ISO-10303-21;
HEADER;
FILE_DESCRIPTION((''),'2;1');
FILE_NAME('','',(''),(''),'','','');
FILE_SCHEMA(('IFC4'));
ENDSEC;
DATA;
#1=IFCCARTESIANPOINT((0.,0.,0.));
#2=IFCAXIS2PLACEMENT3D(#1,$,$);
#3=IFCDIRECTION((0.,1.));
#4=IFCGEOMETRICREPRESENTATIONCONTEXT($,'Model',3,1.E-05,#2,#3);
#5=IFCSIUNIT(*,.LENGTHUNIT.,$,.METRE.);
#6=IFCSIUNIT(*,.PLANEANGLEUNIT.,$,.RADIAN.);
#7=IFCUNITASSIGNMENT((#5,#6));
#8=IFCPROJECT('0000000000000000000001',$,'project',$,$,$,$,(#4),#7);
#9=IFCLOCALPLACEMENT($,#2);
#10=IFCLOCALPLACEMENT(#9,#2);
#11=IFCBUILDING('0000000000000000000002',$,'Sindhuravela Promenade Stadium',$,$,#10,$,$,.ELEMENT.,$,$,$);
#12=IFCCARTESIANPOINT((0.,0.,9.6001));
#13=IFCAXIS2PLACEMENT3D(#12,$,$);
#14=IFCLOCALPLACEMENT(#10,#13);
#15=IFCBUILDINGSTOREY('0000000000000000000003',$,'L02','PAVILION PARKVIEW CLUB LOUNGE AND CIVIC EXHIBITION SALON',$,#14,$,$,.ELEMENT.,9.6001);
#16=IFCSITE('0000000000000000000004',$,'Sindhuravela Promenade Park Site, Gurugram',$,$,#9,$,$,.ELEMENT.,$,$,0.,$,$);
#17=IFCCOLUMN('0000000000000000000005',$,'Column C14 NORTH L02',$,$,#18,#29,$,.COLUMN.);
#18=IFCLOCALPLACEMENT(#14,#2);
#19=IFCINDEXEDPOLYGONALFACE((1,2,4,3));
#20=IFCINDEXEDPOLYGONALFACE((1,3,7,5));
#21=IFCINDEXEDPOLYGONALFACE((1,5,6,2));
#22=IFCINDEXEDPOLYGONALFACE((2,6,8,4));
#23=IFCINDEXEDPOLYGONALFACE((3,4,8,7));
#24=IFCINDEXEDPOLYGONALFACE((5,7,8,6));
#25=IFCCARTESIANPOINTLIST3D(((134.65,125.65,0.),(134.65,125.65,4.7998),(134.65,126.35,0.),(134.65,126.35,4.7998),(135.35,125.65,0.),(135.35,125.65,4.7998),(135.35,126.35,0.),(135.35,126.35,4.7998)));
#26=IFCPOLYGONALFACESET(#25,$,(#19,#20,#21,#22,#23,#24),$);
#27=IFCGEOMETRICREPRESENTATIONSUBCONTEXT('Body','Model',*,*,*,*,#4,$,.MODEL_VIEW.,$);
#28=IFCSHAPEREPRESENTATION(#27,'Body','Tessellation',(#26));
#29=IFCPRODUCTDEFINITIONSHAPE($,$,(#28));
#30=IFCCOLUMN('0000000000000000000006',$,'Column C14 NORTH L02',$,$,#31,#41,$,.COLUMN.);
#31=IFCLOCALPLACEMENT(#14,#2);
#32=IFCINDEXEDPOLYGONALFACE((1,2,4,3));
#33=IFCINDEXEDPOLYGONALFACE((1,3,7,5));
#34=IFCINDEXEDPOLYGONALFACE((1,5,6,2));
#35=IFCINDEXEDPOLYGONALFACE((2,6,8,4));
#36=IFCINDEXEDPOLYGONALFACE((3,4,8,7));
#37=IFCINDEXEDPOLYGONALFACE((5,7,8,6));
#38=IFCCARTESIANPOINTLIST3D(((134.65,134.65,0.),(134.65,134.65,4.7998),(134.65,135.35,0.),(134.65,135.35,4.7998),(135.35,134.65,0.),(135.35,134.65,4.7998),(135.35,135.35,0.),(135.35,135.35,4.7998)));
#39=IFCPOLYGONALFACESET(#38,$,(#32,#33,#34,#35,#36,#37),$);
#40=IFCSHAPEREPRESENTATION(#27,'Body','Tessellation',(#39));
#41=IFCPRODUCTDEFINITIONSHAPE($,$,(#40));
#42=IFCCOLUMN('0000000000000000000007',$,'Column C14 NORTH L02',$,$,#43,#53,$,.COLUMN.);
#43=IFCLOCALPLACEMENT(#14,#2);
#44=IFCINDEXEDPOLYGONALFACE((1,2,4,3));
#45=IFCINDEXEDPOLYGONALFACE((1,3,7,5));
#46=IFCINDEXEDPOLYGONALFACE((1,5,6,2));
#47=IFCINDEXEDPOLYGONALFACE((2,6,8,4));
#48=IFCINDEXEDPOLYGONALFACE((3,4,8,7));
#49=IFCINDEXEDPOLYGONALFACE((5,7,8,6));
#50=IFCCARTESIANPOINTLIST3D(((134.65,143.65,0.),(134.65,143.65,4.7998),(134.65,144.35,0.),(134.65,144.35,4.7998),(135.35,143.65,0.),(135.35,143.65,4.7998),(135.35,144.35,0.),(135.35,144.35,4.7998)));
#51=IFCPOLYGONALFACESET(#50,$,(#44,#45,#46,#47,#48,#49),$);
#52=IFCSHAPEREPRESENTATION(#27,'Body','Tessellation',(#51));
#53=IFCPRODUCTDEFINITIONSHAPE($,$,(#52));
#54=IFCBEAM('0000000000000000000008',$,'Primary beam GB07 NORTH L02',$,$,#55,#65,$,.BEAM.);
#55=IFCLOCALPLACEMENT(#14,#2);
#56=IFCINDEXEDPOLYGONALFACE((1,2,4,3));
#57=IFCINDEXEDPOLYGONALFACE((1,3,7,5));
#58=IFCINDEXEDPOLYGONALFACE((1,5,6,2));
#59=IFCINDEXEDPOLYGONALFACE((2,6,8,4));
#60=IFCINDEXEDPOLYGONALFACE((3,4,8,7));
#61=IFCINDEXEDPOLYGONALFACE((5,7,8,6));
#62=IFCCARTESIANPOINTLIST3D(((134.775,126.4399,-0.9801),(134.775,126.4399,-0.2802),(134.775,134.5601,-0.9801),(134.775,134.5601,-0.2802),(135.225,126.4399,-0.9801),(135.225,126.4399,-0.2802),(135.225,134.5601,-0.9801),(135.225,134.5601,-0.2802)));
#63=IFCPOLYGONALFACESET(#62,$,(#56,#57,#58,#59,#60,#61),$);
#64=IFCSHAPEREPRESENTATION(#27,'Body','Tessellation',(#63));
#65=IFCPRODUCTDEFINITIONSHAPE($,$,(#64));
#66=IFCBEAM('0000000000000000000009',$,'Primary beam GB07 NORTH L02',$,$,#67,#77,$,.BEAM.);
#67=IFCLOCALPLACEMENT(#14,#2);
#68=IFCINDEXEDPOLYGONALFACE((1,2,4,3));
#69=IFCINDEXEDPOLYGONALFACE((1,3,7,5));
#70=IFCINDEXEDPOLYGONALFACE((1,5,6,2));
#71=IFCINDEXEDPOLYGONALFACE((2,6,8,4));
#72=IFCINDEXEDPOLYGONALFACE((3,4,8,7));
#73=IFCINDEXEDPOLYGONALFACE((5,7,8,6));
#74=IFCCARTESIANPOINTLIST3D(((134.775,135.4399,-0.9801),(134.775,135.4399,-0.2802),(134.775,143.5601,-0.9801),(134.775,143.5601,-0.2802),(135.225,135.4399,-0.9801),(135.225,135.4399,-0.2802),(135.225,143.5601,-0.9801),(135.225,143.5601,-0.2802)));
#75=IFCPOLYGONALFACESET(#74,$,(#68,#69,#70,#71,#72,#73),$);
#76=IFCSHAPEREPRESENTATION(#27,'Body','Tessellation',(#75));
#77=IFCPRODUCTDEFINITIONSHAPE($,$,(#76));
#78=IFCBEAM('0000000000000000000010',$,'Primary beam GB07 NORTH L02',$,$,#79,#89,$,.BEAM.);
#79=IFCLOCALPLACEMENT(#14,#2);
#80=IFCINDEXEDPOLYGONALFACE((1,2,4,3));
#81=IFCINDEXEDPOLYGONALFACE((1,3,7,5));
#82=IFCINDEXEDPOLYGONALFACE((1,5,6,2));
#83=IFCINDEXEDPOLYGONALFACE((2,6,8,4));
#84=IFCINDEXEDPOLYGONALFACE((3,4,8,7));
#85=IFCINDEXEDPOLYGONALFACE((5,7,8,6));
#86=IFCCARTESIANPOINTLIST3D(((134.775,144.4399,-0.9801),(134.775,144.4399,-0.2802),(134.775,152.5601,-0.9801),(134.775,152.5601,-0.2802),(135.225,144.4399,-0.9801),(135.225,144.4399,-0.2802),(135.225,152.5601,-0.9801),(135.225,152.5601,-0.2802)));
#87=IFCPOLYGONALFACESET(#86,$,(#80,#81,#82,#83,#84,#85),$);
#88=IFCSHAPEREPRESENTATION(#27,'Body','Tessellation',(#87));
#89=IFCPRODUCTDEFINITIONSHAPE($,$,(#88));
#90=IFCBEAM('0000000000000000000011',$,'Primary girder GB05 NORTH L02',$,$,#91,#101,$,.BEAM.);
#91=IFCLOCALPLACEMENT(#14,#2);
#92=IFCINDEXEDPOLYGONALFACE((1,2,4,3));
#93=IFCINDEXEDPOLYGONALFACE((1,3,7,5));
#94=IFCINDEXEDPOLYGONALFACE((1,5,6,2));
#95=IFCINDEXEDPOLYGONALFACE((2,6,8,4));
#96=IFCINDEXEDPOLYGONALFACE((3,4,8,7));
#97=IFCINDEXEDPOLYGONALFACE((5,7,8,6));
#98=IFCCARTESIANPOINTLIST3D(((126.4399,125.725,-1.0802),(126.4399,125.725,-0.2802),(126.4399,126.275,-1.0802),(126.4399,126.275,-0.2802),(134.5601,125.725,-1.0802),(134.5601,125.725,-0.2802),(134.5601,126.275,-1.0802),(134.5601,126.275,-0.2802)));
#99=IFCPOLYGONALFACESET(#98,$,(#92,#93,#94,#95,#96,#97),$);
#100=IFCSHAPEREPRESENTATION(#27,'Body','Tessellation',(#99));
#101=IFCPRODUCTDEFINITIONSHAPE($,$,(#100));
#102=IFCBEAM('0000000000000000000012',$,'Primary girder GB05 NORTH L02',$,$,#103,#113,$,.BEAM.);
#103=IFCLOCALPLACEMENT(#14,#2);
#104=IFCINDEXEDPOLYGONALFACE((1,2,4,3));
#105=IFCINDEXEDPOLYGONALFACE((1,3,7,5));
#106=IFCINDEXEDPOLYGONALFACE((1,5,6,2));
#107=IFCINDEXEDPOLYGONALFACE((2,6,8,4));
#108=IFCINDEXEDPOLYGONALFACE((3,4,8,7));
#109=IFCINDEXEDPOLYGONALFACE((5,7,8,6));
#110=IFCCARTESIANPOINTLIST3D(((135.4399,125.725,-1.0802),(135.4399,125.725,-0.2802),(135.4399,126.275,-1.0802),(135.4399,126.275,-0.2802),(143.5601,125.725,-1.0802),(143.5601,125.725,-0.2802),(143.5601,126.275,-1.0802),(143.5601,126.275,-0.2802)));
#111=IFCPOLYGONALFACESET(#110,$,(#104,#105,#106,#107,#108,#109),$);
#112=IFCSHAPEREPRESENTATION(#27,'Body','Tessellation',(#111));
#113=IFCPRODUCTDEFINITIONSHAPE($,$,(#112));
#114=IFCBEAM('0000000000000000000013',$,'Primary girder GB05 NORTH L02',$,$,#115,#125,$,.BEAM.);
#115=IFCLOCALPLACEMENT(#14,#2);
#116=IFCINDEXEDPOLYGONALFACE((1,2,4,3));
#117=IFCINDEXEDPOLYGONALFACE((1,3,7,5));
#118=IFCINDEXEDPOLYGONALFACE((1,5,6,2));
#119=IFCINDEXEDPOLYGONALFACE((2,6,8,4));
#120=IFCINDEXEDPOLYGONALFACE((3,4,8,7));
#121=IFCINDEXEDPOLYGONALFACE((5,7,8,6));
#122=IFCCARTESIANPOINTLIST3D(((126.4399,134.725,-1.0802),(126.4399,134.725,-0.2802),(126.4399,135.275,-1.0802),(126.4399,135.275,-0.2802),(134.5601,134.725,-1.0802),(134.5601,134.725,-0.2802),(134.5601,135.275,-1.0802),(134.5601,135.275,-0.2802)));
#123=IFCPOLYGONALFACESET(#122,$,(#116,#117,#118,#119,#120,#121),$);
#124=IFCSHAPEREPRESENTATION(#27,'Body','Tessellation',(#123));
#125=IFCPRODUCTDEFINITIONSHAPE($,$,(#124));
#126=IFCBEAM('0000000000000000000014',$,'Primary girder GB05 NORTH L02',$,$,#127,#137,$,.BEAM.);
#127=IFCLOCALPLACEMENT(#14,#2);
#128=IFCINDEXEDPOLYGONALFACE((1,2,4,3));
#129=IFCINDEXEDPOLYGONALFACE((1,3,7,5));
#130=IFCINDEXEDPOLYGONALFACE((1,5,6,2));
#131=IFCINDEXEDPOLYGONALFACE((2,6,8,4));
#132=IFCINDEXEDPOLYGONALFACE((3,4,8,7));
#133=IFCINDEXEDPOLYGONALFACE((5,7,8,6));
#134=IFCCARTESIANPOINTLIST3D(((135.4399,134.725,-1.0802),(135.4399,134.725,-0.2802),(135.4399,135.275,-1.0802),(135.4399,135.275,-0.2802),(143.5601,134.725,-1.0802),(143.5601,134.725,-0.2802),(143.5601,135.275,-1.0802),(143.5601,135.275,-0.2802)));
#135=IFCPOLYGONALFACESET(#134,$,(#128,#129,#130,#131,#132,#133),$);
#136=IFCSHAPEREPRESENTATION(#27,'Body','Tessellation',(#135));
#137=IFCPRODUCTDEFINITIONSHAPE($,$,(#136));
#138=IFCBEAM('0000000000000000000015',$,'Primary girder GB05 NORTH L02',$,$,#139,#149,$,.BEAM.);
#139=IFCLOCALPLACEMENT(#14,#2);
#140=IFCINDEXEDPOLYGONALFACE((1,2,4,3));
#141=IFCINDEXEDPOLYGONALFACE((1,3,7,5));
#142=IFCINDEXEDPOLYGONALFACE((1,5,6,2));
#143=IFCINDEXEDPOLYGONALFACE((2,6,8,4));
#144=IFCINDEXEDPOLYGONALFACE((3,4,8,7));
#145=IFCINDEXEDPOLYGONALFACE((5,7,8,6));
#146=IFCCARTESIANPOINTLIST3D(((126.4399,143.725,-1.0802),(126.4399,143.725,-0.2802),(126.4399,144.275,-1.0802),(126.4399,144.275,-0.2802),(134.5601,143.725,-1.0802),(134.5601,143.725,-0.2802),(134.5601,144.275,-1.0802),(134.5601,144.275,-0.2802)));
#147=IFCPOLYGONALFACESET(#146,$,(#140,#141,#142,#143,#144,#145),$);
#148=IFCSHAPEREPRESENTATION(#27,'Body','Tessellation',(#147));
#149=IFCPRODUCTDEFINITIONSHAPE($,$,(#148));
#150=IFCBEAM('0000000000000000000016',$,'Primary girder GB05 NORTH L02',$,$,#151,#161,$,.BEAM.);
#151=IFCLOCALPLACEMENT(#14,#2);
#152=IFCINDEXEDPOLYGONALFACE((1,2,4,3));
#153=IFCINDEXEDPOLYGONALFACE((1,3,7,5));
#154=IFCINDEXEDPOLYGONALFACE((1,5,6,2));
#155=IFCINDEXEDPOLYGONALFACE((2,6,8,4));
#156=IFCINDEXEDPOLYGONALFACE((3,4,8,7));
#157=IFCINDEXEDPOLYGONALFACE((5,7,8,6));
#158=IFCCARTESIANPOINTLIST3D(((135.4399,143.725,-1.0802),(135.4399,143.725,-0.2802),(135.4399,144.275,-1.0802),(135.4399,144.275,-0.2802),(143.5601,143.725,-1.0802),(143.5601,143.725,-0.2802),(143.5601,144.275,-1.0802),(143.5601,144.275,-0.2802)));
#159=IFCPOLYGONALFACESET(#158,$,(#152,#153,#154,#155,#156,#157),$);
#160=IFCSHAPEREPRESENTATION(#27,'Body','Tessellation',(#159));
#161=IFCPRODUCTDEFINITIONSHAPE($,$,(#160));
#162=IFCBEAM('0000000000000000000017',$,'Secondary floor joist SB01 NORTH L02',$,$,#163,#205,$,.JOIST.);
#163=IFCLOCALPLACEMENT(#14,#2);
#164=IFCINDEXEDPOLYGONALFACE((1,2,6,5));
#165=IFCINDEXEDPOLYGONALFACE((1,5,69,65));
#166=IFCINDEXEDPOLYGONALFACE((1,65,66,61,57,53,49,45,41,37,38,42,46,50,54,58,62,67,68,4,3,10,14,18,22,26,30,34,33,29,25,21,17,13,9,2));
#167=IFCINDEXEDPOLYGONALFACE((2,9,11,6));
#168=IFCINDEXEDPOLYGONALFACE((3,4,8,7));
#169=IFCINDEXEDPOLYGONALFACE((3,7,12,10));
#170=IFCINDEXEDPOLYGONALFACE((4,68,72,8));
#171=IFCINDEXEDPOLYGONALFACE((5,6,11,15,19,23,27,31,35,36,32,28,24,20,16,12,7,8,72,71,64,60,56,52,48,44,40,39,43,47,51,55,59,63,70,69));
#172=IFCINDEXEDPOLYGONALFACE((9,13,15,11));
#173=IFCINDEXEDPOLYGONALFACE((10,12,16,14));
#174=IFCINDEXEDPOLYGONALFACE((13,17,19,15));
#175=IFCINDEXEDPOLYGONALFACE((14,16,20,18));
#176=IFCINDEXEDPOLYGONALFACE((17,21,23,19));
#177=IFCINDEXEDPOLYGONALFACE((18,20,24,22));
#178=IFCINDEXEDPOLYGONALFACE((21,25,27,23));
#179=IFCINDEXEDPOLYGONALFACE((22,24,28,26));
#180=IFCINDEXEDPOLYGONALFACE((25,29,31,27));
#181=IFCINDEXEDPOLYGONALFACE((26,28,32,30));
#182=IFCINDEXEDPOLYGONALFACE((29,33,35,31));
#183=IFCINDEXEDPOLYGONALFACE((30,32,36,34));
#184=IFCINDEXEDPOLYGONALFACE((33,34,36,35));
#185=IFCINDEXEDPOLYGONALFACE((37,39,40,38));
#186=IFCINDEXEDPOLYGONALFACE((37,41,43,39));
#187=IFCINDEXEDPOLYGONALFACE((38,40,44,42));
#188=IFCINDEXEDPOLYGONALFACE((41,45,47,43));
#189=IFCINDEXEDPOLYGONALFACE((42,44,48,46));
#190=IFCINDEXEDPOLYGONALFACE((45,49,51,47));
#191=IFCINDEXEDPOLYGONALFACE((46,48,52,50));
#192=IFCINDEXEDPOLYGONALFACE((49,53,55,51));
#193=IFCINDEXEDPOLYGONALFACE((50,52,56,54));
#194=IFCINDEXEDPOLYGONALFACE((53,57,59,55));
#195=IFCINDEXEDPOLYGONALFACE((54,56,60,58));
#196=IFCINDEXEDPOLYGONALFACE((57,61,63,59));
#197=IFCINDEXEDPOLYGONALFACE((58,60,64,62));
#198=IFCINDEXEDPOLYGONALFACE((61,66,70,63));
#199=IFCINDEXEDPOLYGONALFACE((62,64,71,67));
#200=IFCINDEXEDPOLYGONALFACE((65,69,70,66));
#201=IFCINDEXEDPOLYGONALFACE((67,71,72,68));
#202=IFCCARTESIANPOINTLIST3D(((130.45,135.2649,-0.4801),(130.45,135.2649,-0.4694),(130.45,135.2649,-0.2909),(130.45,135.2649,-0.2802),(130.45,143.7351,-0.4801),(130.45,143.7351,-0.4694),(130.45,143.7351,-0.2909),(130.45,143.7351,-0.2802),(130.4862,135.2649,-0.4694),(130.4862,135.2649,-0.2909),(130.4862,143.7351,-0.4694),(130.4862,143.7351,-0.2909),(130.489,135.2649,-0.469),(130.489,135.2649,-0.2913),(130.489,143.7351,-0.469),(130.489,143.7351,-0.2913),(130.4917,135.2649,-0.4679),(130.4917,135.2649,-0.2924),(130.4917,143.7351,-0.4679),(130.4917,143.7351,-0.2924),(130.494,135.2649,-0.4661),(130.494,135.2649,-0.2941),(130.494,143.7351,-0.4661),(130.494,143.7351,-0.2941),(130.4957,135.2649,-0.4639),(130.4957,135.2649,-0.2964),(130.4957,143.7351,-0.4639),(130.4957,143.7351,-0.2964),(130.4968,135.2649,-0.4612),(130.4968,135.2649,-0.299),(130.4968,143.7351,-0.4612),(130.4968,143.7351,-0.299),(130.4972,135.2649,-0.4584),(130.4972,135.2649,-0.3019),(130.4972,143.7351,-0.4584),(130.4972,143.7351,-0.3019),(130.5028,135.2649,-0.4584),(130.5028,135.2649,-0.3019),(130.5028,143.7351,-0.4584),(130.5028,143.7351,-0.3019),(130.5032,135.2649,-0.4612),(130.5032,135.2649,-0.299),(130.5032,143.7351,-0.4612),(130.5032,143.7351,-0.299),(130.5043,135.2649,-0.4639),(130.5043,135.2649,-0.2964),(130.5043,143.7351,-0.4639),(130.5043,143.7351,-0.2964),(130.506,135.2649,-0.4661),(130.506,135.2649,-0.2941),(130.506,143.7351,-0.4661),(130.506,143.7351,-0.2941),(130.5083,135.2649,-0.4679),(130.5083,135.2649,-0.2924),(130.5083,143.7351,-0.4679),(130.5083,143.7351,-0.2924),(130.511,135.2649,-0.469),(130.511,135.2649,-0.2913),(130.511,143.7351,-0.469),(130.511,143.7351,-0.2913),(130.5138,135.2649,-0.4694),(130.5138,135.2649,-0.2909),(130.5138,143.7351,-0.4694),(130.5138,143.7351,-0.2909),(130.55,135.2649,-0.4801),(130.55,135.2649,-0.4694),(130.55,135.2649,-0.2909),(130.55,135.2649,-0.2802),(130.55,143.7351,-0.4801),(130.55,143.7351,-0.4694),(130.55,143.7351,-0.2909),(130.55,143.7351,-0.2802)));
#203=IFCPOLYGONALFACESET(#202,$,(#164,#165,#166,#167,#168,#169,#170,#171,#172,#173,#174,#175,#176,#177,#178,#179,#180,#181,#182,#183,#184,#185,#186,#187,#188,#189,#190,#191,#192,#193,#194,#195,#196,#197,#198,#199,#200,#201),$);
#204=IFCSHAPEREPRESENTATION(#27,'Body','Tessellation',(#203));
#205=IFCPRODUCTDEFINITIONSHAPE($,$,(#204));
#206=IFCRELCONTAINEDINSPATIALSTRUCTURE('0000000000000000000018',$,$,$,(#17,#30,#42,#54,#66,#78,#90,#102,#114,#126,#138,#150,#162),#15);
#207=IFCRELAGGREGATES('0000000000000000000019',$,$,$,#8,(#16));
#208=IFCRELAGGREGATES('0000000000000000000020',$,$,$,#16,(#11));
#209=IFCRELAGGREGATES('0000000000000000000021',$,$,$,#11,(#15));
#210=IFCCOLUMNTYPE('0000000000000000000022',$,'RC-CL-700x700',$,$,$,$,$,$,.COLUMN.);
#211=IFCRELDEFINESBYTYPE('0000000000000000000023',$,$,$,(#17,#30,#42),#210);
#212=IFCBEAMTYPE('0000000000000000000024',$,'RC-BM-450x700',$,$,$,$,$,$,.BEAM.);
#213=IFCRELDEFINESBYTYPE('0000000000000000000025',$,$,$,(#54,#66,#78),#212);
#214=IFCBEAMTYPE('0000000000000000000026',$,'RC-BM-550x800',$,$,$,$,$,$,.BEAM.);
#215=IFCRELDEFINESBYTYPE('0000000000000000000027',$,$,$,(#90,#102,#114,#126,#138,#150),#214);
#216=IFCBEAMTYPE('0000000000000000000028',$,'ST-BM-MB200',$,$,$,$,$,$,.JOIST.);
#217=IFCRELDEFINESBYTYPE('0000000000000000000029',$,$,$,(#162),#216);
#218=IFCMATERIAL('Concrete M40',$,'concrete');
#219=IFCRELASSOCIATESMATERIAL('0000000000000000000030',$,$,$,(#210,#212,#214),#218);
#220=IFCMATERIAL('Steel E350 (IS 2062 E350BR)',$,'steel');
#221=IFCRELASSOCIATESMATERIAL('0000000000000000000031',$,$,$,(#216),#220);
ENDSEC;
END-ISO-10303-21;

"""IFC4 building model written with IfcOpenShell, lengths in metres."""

from ifc_helpers import new_model, si_unit, direction, frame, origin, origin_2d, place, context, subcontext, project, spatial, rectangle, i_section, extrude, material, material_profile, profile_set, type_object, element, save


model = new_model("IFC4")

# Units and contexts
model_context = context("Model", 3, precision=1e-05, world=origin(), true_north=direction((0.0, 1.0)))
body_context = subcontext(model_context, "Body", "Model", "MODEL_VIEW")
ifc_project = project(units=[si_unit("LENGTHUNIT", "METRE"), si_unit("PLANEANGLEUNIT", "RADIAN")], contexts=[model_context])

# Site, building, storey
site_placement = place(None, origin())
site = spatial("IfcSite", under=ifc_project, at=site_placement, Name="Sindhuravela Promenade Park Site, Gurugram", CompositionType="ELEMENT", RefElevation=0.0)
building_placement = place(site_placement, origin())
building = spatial("IfcBuilding", under=site, at=building_placement, Name="Sindhuravela Promenade Stadium", CompositionType="ELEMENT")
storey_placement = place(building_placement, frame((0.0, 0.0, 9.6001)))
storey = spatial("IfcBuildingStorey", under=building, at=storey_placement, Name="L02", Description="PAVILION PARKVIEW CLUB LOUNGE AND CIVIC EXHIBITION SALON", CompositionType="ELEMENT", Elevation=9.6001)

# Columns
ifc_material_1 = material(Name="Concrete M40", Category="concrete")
ifc_material_profile_1 = material_profile(ifc_material_1, rectangle(XDim=0.7, YDim=0.7, at=origin_2d()), Name="RC 700x700")
ifc_profile_set_1 = profile_set([ifc_material_profile_1], Name="Concrete M40")
column_type = type_object("IfcColumnType", Name="RC-CL-700x700", PredefinedType="COLUMN", material=ifc_profile_set_1)
for number, where, z_axis, x_axis, name in (
    (1, (135.0, 126.0, 0.0), (0.0, 0.0, 1.0), (1.0, 0.0, 0.0), "Column C14 NORTH L02"),
    (2, (135.0, 135.0, 0.0), (0.0, 0.0, 1.0), (1.0, 0.0, 0.0), "Column C14 NORTH L02"),
    (3, (135.0, 144.0, 0.0), (0.0, 0.0, 1.0), (1.0, 0.0, 0.0), "Column C14 NORTH L02"),
):
    element("IfcColumn", number, at=place(storey_placement, frame(where, z_axis=z_axis, x_axis=x_axis)), inside=storey, type_object=column_type, Name=name, PredefinedType="COLUMN", context=body_context, shape_type="SweptSolid", body=[
        extrude(rectangle(XDim=0.7, YDim=0.7, at=origin_2d()), origin(), (0.0, 0.0, 1.0), 4.7998),
    ])

# Beams
ifc_material_profile_2 = material_profile(ifc_material_1, rectangle(XDim=0.45, YDim=0.7, at=origin_2d()), Name="RC 450x700")
ifc_profile_set_2 = profile_set([ifc_material_profile_2], Name="Concrete M40")
beam_type_1 = type_object("IfcBeamType", Name="RC-BM-450x700", PredefinedType="BEAM", material=ifc_profile_set_2)
for number, where, z_axis, x_axis, name in (
    (4, (135.0, 126.4399, -0.6301), (0.0, 1.0, 0.0), (-1.0, 0.0, 0.0), "Primary beam GB07 NORTH L02"),
    (5, (135.0, 135.4399, -0.6301), (0.0, 1.0, 0.0), (-1.0, 0.0, 0.0), "Primary beam GB07 NORTH L02"),
    (6, (135.0, 144.4399, -0.6301), (0.0, 1.0, 0.0), (-1.0, 0.0, 0.0), "Primary beam GB07 NORTH L02"),
):
    element("IfcBeam", number, at=place(storey_placement, frame(where, z_axis=z_axis, x_axis=x_axis)), inside=storey, type_object=beam_type_1, Name=name, PredefinedType="BEAM", context=body_context, shape_type="SweptSolid", body=[
        extrude(rectangle(XDim=0.45, YDim=0.7, at=origin_2d()), origin(), (0.0, 0.0, 1.0), 8.1201),
    ])
ifc_material_profile_3 = material_profile(ifc_material_1, rectangle(XDim=0.55, YDim=0.8, at=origin_2d()), Name="RC 550x800")
ifc_profile_set_3 = profile_set([ifc_material_profile_3], Name="Concrete M40")
beam_type_2 = type_object("IfcBeamType", Name="RC-BM-550x800", PredefinedType="BEAM", material=ifc_profile_set_3)
for number, where, z_axis, x_axis, name in (
    (7, (126.4399, 126.0, -0.6802), (1.0, 0.0, 0.0), (0.0, 1.0, 0.0), "Primary girder GB05 NORTH L02"),
    (8, (135.4399, 126.0, -0.6802), (1.0, 0.0, 0.0), (0.0, 1.0, 0.0), "Primary girder GB05 NORTH L02"),
    (9, (126.4399, 135.0, -0.6802), (1.0, 0.0, 0.0), (0.0, 1.0, 0.0), "Primary girder GB05 NORTH L02"),
    (10, (135.4399, 135.0, -0.6802), (1.0, 0.0, 0.0), (0.0, 1.0, 0.0), "Primary girder GB05 NORTH L02"),
    (11, (126.4399, 144.0, -0.6802), (1.0, 0.0, 0.0), (0.0, 1.0, 0.0), "Primary girder GB05 NORTH L02"),
    (12, (135.4399, 144.0, -0.6802), (1.0, 0.0, 0.0), (0.0, 1.0, 0.0), "Primary girder GB05 NORTH L02"),
):
    element("IfcBeam", number, at=place(storey_placement, frame(where, z_axis=z_axis, x_axis=x_axis)), inside=storey, type_object=beam_type_2, Name=name, PredefinedType="BEAM", context=body_context, shape_type="SweptSolid", body=[
        extrude(rectangle(XDim=0.55, YDim=0.8, at=origin_2d()), origin(), (0.0, 0.0, 1.0), 8.1201),
    ])
ifc_material_2 = material(Name="Steel E350 (IS 2062 E350BR)", Category="steel")
ifc_material_profile_4 = material_profile(ifc_material_2, i_section(OverallWidth=0.1001, OverallDepth=0.2, WebThickness=0.0056, FlangeThickness=0.0107, FilletRadius=0.011, at=origin_2d()), Name="ISMB 200")
ifc_profile_set_4 = profile_set([ifc_material_profile_4], Name="Steel E350 (IS 2062 E350BR)")
beam_type_3 = type_object("IfcBeamType", Name="ST-BM-MB200", PredefinedType="JOIST", material=ifc_profile_set_4)
beam_1_placement = place(storey_placement, frame((130.5, 135.2649, -0.3801), z_axis=(0.0, 1.0, 0.0), x_axis=(-1.0, 0.0, 0.0)))
element("IfcBeam", 13, at=beam_1_placement, inside=storey, type_object=beam_type_3, Name="Secondary floor joist SB01 NORTH L02", PredefinedType="JOIST", context=body_context, shape_type="SweptSolid", body=[
    extrude(i_section(OverallWidth=0.1001, OverallDepth=0.2, WebThickness=0.0056, FlangeThickness=0.0107, FilletRadius=0.011, at=origin_2d()), origin(), (0.0, 0.0, 1.0), 8.4702),
])

save(model, "model.ifc")
